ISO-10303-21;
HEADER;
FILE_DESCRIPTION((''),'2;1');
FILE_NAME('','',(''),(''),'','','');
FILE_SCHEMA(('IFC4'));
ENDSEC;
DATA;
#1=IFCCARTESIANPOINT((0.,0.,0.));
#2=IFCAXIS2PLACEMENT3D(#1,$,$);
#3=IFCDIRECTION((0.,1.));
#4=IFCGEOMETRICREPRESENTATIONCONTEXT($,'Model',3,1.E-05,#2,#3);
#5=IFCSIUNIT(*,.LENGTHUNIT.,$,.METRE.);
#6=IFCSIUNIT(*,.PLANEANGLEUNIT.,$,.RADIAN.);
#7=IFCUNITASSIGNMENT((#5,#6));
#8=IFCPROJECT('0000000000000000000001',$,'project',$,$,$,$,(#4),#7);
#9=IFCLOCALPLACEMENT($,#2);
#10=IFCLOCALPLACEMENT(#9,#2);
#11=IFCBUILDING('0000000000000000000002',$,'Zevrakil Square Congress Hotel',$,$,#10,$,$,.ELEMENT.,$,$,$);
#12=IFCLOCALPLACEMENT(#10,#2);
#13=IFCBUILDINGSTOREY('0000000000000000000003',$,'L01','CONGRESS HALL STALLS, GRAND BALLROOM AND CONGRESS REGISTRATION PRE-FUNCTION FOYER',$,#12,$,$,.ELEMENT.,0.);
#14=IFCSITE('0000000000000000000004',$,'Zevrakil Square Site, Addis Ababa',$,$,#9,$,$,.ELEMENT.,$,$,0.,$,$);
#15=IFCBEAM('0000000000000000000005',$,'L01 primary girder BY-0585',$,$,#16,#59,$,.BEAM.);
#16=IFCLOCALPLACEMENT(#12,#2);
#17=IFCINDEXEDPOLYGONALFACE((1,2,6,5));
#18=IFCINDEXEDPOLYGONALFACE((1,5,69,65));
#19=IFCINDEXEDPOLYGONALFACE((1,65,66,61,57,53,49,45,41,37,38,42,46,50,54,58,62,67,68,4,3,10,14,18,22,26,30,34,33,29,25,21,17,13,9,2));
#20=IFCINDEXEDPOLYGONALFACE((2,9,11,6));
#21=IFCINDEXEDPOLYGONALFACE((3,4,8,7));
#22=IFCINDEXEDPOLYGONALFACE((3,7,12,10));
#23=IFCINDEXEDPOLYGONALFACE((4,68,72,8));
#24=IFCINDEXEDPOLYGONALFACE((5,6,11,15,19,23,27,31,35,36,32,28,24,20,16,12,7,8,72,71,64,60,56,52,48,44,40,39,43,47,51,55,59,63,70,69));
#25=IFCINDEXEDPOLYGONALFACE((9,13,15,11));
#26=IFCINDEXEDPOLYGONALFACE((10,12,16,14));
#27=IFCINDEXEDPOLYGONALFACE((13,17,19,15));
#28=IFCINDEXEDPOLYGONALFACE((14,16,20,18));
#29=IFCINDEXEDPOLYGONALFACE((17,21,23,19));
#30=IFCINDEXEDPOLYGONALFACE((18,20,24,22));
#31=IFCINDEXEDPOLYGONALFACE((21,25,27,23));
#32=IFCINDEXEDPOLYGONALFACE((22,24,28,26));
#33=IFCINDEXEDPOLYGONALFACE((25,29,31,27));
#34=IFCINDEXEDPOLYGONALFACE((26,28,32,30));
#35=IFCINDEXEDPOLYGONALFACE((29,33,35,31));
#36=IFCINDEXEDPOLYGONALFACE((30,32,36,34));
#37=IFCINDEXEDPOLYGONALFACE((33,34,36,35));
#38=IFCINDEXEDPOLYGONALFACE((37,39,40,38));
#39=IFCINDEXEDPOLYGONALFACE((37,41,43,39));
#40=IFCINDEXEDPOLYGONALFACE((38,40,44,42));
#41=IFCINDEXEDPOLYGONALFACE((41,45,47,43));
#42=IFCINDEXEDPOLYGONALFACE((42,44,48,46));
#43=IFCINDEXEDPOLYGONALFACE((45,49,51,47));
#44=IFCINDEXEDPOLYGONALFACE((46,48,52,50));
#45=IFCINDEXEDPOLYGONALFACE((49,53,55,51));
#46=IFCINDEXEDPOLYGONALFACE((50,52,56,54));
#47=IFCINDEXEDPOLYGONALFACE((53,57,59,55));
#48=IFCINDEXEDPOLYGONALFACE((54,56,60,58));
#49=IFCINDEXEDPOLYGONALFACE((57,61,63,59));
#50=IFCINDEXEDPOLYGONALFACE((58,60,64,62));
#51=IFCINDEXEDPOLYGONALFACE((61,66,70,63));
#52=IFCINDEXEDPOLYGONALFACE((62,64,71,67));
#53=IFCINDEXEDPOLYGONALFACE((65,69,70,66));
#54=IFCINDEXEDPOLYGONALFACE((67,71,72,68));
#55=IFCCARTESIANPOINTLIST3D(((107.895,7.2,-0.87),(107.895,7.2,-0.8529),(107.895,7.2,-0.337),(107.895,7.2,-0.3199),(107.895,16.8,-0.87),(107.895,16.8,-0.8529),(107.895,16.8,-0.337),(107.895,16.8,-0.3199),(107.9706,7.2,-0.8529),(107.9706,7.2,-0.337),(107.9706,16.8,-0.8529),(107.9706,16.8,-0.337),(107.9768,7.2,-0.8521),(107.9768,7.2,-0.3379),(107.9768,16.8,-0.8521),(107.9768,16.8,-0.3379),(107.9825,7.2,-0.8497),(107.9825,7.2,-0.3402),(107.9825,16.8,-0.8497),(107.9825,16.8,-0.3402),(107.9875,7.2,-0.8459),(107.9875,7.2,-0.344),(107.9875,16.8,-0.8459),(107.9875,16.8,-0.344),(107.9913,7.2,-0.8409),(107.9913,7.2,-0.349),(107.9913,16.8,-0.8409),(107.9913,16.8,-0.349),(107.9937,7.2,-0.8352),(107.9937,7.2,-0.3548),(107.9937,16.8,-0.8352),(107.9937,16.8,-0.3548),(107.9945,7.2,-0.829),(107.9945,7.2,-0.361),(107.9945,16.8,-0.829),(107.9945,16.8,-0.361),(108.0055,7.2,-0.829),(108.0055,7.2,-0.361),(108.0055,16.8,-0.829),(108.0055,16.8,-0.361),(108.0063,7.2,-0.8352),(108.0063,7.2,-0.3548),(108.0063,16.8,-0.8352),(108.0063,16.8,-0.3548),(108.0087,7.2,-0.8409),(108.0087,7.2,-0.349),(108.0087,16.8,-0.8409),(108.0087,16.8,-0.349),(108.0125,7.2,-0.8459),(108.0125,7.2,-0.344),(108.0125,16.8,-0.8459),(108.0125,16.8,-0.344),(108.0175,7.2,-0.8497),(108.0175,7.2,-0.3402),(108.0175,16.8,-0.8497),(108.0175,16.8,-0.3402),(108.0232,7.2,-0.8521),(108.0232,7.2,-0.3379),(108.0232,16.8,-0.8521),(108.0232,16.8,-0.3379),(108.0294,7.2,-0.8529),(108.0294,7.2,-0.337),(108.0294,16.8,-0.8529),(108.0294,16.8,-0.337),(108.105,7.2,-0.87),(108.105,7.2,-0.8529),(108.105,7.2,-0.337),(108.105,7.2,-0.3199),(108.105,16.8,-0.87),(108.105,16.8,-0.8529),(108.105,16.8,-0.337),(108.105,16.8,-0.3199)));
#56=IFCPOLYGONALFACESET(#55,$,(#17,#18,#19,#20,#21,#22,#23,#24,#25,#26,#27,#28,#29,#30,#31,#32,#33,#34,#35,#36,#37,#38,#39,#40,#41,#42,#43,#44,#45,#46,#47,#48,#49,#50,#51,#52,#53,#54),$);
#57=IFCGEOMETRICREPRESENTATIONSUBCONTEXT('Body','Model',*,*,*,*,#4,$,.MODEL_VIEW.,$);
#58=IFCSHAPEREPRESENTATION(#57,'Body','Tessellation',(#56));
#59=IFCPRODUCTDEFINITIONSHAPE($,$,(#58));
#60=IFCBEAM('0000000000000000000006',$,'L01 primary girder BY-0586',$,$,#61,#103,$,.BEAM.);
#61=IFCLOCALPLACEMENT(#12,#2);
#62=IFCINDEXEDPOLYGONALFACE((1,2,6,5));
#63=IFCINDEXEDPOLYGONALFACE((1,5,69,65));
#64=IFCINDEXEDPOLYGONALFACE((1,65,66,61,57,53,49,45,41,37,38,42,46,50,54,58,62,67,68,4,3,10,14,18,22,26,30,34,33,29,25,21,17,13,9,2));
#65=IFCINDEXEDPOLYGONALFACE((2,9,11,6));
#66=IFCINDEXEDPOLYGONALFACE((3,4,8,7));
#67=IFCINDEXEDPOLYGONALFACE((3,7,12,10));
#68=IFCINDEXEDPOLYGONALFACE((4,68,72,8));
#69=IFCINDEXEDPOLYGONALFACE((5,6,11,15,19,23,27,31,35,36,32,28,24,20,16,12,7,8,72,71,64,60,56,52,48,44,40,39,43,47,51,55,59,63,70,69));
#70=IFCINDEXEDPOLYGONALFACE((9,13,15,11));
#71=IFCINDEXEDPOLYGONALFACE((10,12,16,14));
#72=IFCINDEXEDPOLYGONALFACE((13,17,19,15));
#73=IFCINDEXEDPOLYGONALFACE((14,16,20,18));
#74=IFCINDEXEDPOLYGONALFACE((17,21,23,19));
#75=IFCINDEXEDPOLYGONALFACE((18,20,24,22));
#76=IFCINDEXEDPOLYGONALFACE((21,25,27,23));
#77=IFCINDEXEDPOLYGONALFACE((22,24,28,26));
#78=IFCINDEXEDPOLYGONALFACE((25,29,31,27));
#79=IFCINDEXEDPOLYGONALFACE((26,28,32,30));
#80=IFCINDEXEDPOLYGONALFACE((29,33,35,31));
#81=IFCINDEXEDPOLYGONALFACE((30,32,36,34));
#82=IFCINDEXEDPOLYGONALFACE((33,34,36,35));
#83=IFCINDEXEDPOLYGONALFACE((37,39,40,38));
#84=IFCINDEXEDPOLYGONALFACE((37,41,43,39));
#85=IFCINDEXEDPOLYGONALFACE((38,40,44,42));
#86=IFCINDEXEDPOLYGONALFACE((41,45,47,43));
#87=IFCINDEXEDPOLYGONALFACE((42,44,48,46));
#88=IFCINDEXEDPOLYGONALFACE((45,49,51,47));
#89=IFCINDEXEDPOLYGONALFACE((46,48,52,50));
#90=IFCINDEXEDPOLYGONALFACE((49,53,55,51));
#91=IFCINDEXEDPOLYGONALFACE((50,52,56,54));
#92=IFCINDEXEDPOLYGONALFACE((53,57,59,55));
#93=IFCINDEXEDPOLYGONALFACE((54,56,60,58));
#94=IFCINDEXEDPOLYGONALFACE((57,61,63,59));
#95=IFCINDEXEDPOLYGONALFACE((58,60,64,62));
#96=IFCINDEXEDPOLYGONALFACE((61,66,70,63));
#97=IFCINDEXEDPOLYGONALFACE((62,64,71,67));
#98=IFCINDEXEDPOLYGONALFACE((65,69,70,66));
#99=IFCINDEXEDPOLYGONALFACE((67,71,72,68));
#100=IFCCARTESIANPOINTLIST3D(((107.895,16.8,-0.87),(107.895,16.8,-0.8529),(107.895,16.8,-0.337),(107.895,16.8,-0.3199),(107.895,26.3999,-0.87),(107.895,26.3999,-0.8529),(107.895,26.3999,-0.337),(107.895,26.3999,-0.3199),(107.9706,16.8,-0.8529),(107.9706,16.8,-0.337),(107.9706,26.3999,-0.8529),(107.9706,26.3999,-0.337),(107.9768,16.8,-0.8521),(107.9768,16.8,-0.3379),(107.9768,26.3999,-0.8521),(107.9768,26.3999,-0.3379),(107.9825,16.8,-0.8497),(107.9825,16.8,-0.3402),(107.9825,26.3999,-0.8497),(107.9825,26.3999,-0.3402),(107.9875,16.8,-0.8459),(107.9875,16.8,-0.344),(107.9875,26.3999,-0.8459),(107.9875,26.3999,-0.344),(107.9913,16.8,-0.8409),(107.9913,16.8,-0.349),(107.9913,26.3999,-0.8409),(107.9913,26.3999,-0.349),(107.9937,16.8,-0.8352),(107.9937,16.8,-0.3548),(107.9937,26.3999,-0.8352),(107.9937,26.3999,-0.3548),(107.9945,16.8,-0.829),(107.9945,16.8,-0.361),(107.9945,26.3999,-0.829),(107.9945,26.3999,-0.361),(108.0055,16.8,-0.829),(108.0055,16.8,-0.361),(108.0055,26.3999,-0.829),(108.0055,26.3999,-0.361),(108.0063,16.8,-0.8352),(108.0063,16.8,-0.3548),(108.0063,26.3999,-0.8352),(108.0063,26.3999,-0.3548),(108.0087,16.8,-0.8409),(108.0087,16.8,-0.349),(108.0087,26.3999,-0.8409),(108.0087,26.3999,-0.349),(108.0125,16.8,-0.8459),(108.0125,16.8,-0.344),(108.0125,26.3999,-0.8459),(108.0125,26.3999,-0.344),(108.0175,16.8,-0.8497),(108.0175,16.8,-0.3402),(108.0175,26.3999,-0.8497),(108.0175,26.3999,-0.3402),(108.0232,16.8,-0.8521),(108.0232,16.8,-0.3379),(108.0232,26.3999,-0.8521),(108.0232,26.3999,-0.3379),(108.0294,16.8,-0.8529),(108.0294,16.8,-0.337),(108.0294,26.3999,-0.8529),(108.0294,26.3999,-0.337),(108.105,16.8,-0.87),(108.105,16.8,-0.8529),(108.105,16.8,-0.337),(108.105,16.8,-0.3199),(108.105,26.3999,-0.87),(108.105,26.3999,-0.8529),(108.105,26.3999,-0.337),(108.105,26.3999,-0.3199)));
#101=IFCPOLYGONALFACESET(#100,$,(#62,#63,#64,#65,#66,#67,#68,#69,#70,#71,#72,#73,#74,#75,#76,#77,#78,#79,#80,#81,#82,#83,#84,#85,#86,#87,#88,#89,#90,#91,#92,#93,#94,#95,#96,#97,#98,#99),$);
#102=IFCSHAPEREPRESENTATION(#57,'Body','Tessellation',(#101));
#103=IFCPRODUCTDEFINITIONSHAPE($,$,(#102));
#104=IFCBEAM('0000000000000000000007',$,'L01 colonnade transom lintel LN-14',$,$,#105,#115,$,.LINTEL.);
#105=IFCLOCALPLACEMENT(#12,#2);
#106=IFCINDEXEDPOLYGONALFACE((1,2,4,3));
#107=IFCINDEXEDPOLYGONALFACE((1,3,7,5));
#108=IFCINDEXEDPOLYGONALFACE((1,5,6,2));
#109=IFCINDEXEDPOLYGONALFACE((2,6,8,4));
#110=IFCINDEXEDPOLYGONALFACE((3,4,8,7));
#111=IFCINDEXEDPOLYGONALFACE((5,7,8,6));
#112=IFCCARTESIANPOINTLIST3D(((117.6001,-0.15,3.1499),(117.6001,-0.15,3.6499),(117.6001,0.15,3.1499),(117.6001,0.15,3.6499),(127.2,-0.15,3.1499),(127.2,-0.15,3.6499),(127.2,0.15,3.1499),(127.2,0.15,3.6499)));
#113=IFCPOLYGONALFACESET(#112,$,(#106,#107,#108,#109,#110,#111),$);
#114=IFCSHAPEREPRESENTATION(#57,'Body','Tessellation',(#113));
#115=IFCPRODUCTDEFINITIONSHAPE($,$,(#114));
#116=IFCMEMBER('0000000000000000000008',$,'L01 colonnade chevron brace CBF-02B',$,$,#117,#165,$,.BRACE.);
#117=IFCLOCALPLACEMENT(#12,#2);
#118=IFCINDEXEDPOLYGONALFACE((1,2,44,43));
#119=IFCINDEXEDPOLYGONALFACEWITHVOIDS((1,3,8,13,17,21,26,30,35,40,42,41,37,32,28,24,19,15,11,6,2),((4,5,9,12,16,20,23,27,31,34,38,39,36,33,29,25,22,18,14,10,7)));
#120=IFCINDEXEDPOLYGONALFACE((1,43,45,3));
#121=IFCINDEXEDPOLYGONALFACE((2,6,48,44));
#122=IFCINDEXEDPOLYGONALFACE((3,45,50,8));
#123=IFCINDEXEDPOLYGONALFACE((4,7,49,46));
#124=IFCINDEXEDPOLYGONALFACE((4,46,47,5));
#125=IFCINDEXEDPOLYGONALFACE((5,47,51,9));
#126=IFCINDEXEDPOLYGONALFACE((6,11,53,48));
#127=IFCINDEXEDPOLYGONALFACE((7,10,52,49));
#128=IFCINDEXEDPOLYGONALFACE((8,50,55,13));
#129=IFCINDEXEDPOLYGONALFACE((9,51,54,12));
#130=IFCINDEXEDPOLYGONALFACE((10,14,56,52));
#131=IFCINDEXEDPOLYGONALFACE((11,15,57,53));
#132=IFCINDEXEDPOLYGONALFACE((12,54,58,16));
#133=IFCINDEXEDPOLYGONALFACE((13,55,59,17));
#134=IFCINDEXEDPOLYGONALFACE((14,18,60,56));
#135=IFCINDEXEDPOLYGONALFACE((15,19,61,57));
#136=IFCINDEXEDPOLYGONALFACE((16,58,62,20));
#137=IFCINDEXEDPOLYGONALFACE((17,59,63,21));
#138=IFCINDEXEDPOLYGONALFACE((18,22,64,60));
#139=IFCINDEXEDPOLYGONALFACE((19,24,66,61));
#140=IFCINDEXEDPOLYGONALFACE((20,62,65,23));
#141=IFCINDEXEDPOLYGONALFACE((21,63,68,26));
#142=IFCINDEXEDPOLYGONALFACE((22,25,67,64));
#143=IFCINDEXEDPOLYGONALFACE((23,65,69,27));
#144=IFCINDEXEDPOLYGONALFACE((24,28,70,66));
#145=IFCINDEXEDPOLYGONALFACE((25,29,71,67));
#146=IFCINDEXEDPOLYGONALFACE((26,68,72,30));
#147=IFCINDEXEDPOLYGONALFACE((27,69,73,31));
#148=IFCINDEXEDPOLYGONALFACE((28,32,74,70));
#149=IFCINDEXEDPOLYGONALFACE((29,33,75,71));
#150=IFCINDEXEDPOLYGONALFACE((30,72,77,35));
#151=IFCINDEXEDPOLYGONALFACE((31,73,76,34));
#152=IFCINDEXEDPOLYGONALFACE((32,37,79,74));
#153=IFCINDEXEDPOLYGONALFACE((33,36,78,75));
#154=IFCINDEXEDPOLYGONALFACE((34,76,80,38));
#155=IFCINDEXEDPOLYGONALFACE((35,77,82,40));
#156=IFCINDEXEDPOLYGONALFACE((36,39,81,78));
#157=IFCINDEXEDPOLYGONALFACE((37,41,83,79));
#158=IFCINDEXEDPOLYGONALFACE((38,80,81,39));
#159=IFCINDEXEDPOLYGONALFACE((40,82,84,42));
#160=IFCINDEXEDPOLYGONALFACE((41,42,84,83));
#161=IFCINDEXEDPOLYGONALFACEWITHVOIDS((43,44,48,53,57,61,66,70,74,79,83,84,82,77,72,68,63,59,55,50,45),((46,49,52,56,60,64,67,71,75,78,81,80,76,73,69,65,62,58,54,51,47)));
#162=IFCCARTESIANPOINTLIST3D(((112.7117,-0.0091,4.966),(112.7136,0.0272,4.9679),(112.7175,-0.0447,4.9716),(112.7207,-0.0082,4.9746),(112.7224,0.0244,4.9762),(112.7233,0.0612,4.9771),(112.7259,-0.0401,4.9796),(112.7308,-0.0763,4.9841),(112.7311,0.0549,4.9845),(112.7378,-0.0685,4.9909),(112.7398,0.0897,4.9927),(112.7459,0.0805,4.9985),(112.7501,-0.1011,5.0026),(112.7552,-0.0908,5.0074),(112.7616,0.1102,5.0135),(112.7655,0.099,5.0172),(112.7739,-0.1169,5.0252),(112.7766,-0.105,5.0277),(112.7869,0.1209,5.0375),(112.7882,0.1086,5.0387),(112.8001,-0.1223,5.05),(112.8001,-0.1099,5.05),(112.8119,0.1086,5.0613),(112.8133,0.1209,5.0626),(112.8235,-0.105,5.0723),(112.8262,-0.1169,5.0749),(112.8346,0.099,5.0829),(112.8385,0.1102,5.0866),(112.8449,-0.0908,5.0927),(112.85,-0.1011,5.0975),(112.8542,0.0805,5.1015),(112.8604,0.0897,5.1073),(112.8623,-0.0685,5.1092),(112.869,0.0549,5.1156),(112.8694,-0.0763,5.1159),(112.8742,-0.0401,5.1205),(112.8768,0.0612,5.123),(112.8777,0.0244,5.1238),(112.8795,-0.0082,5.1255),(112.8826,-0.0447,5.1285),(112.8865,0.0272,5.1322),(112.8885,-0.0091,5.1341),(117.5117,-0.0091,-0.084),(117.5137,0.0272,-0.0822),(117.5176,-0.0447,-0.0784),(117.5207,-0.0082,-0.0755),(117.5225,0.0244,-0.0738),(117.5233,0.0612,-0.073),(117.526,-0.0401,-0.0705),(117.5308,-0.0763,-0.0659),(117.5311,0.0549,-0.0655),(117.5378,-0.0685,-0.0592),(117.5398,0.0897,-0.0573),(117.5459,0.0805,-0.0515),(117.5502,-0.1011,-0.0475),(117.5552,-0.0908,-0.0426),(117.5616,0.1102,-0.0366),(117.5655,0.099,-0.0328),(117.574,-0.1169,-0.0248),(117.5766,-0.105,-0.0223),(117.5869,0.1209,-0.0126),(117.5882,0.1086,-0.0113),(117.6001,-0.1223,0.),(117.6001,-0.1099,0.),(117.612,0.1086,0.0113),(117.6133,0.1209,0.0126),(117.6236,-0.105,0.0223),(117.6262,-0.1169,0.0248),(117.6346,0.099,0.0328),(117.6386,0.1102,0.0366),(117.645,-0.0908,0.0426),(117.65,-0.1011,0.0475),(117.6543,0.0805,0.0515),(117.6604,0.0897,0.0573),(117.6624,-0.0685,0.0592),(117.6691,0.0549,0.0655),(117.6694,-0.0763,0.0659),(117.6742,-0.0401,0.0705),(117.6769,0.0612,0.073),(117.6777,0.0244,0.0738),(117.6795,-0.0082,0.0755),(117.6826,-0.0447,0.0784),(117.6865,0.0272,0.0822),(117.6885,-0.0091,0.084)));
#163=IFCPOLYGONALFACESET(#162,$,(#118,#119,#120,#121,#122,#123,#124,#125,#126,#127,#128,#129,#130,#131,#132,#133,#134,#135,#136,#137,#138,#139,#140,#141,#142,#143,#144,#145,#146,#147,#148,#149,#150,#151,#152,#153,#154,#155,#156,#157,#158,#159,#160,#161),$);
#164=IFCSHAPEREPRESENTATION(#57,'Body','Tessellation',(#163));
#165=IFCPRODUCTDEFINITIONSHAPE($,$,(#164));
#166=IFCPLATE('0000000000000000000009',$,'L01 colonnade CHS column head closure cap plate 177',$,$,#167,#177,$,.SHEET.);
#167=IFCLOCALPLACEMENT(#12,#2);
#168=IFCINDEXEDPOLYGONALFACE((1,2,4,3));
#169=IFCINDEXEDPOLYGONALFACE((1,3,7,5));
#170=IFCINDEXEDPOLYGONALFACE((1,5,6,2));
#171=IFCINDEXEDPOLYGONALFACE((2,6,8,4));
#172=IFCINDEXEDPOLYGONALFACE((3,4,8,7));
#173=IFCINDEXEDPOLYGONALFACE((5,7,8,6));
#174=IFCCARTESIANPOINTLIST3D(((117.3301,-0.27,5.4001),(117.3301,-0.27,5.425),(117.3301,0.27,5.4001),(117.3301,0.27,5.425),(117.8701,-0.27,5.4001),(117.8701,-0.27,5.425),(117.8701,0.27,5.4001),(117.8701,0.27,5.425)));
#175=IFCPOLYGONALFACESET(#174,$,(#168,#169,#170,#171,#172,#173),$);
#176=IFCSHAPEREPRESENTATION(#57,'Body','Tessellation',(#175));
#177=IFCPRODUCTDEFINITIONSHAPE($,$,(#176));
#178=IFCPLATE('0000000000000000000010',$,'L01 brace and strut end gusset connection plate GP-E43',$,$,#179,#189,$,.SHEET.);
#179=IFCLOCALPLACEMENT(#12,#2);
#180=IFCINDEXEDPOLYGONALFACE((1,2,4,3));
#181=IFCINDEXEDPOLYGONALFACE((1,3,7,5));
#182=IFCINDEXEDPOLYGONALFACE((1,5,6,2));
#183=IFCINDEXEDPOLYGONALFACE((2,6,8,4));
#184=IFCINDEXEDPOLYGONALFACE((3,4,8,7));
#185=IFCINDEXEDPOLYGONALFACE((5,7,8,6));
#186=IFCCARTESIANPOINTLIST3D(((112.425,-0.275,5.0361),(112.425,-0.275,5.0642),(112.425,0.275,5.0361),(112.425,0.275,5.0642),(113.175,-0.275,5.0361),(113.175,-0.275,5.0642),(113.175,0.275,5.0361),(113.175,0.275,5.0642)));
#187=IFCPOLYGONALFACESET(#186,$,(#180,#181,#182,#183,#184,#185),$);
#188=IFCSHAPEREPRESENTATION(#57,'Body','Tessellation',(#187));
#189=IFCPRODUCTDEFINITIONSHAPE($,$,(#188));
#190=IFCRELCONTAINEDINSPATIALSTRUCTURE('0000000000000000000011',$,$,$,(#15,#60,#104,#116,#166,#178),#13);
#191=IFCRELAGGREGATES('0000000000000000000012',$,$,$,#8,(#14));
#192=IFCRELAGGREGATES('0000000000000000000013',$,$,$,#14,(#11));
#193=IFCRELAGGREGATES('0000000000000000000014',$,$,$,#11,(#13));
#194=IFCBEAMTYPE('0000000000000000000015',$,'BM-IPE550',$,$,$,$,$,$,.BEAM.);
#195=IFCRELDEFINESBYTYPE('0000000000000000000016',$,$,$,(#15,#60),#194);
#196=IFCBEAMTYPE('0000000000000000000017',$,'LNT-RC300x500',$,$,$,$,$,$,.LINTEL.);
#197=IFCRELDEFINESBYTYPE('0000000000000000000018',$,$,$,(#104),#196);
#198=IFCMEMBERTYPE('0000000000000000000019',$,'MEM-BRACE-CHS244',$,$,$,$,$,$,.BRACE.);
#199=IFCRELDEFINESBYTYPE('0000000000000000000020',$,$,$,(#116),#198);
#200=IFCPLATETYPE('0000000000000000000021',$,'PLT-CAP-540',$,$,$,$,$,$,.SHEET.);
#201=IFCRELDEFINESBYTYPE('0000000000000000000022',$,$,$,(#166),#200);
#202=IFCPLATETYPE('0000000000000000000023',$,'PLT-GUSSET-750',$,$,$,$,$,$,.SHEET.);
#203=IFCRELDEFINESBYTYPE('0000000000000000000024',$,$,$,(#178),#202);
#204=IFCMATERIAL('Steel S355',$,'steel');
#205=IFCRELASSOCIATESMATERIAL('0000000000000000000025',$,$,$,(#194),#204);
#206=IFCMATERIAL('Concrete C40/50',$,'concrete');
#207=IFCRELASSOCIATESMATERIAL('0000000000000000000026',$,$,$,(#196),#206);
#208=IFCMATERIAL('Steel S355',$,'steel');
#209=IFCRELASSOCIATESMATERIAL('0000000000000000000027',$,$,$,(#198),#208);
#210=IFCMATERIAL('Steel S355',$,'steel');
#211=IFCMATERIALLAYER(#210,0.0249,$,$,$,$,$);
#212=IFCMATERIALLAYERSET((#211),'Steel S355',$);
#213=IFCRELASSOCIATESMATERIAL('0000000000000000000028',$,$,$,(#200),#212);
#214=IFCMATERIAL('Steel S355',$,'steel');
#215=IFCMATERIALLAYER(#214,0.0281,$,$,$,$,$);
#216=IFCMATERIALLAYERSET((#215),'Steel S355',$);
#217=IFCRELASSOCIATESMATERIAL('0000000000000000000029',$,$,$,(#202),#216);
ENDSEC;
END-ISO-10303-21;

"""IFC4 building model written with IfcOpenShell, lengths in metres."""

from ifc_helpers import new_model, si_unit, direction, frame, origin, origin_2d, place, context, subcontext, project, spatial, rectangle, hollow_circle, i_section, extrude, material, layer, layer_set, material_profile, profile_set, type_object, element, save


model = new_model("IFC4")

# Units and contexts
model_context = context("Model", 3, precision=1e-05, world=origin(), true_north=direction((0.0, 1.0)))
body_context = subcontext(model_context, "Body", "Model", "MODEL_VIEW")
ifc_project = project(units=[si_unit("LENGTHUNIT", "METRE"), si_unit("PLANEANGLEUNIT", "RADIAN")], contexts=[model_context])

# Site, building, storey
site_placement = place(None, origin())
site = spatial("IfcSite", under=ifc_project, at=site_placement, Name="Zevrakil Square Site, Addis Ababa", CompositionType="ELEMENT", RefElevation=0.0)
building_placement = place(site_placement, origin())
building = spatial("IfcBuilding", under=site, at=building_placement, Name="Zevrakil Square Congress Hotel", CompositionType="ELEMENT")
storey_placement = place(building_placement, origin())
storey = spatial("IfcBuildingStorey", under=building, at=storey_placement, Name="L01", Description="CONGRESS HALL STALLS, GRAND BALLROOM AND CONGRESS REGISTRATION PRE-FUNCTION FOYER", CompositionType="ELEMENT", Elevation=0.0)

# Beams
ifc_material_1 = material(Name="Steel S355", Category="steel")
ifc_material_profile_1 = material_profile(ifc_material_1, i_section(OverallWidth=0.21, OverallDepth=0.55, WebThickness=0.011, FlangeThickness=0.0171, FilletRadius=0.0239, at=origin_2d()), Name="IPE 550")
ifc_profile_set_1 = profile_set([ifc_material_profile_1], Name="Steel S355")
beam_type_1 = type_object("IfcBeamType", Name="BM-IPE550", PredefinedType="BEAM", material=ifc_profile_set_1)
beam_1_placement = place(storey_placement, frame((108.0, 7.2, -0.595), z_axis=(0.0, 1.0, 0.0), x_axis=(-1.0, 0.0, 0.0)))
element("IfcBeam", 1, at=beam_1_placement, inside=storey, type_object=beam_type_1, Name="L01 primary girder BY-0585", PredefinedType="BEAM", context=body_context, shape_type="SweptSolid", body=[
    extrude(i_section(OverallWidth=0.21, OverallDepth=0.55, WebThickness=0.011, FlangeThickness=0.0171, FilletRadius=0.0239, at=origin_2d()), origin(), (0.0, 0.0, 1.0), 9.6001),
])
beam_2_placement = place(storey_placement, frame((108.0, 16.8, -0.595), z_axis=(0.0, 1.0, 0.0), x_axis=(-1.0, 0.0, 0.0)))
element("IfcBeam", 2, at=beam_2_placement, inside=storey, type_object=beam_type_1, Name="L01 primary girder BY-0586", PredefinedType="BEAM", context=body_context, shape_type="SweptSolid", body=[
    extrude(i_section(OverallWidth=0.21, OverallDepth=0.55, WebThickness=0.011, FlangeThickness=0.0171, FilletRadius=0.0239, at=origin_2d()), origin(), (0.0, 0.0, 1.0), 9.5999),
])
ifc_material_2 = material(Name="Concrete C40/50", Category="concrete")
ifc_material_profile_2 = material_profile(ifc_material_2, rectangle(XDim=0.3, YDim=0.5, at=origin_2d()), Name="RC 300x500")
ifc_profile_set_2 = profile_set([ifc_material_profile_2], Name="Concrete C40/50")
beam_type_2 = type_object("IfcBeamType", Name="LNT-RC300x500", PredefinedType="LINTEL", material=ifc_profile_set_2)
beam_3_placement = place(storey_placement, frame((117.6001, 0.0, 3.3999), z_axis=(1.0, 0.0, 0.0), x_axis=(0.0, 1.0, 0.0)))
element("IfcBeam", 3, at=beam_3_placement, inside=storey, type_object=beam_type_2, Name="L01 colonnade transom lintel LN-14", PredefinedType="LINTEL", context=body_context, shape_type="SweptSolid", body=[
    extrude(rectangle(XDim=0.3, YDim=0.5, at=origin_2d()), origin(), (0.0, 0.0, 1.0), 9.5999),
])

# Member
ifc_material_3 = material(Name="Steel S355", Category="steel")
ifc_material_profile_3 = material_profile(ifc_material_3, hollow_circle(Radius=0.1223, WallThickness=0.0125, at=origin_2d()), Name="CHS 244.5x12.5")
ifc_profile_set_3 = profile_set([ifc_material_profile_3], Name="Steel S355")
member_type = type_object("IfcMemberType", Name="MEM-BRACE-CHS244", PredefinedType="BRACE", material=ifc_profile_set_3)
member_placement = place(storey_placement, frame((117.6001, 0.0, 0.0), z_axis=(-0.688938, 0.0, 0.72482), x_axis=(0.0, -1.0, 0.0)))
element("IfcMember", 4, at=member_placement, inside=storey, type_object=member_type, Name="L01 colonnade chevron brace CBF-02B", PredefinedType="BRACE", context=body_context, shape_type="SweptSolid", body=[
    extrude(hollow_circle(Radius=0.1223, WallThickness=0.0125, at=origin_2d()), origin(), (0.0, 0.0, 1.0), 6.9673),
])

# Plates
ifc_material_4 = material(Name="Steel S355", Category="steel")
ifc_layer_1 = layer(ifc_material_4, 0.0249)
ifc_layer_set_1 = layer_set([ifc_layer_1], Name="Steel S355")
plate_type_1 = type_object("IfcPlateType", Name="PLT-CAP-540", PredefinedType="SHEET", material=ifc_layer_set_1)
plate_placement = place(storey_placement, frame((117.6001, 0.0, 5.4001), z_axis=(0.0, 0.0, 1.0), x_axis=(1.0, 0.0, 0.0)))
element("IfcPlate", 5, at=plate_placement, inside=storey, type_object=plate_type_1, Name="L01 colonnade CHS column head closure cap plate 177", PredefinedType="SHEET", context=body_context, shape_type="SweptSolid", body=[
    extrude(rectangle(XDim=0.54, YDim=0.54, at=origin_2d()), origin(), (0.0, 0.0, 1.0), 0.0249),
])
ifc_material_5 = material(Name="Steel S355", Category="steel")
ifc_layer_2 = layer(ifc_material_5, 0.0281)
ifc_layer_set_2 = layer_set([ifc_layer_2], Name="Steel S355")
plate_type_2 = type_object("IfcPlateType", Name="PLT-GUSSET-750", PredefinedType="SHEET", material=ifc_layer_set_2)
for number, where, z_axis, x_axis, name in (
    (6, (112.8, 0.0, 5.0361), (0.0, 0.0, 1.0), (1.0, 0.0, 0.0), "L01 brace and strut end gusset connection plate GP-E43"),
):
    element("IfcPlate", number, at=place(storey_placement, frame(where, z_axis=z_axis, x_axis=x_axis)), inside=storey, type_object=plate_type_2, Name=name, PredefinedType="SHEET", context=body_context, shape_type="SweptSolid", body=[
        extrude(rectangle(XDim=0.75, YDim=0.55, at=origin_2d()), origin(), (0.0, 0.0, 1.0), 0.0281),
    ])

save(model, "model.ifc")
